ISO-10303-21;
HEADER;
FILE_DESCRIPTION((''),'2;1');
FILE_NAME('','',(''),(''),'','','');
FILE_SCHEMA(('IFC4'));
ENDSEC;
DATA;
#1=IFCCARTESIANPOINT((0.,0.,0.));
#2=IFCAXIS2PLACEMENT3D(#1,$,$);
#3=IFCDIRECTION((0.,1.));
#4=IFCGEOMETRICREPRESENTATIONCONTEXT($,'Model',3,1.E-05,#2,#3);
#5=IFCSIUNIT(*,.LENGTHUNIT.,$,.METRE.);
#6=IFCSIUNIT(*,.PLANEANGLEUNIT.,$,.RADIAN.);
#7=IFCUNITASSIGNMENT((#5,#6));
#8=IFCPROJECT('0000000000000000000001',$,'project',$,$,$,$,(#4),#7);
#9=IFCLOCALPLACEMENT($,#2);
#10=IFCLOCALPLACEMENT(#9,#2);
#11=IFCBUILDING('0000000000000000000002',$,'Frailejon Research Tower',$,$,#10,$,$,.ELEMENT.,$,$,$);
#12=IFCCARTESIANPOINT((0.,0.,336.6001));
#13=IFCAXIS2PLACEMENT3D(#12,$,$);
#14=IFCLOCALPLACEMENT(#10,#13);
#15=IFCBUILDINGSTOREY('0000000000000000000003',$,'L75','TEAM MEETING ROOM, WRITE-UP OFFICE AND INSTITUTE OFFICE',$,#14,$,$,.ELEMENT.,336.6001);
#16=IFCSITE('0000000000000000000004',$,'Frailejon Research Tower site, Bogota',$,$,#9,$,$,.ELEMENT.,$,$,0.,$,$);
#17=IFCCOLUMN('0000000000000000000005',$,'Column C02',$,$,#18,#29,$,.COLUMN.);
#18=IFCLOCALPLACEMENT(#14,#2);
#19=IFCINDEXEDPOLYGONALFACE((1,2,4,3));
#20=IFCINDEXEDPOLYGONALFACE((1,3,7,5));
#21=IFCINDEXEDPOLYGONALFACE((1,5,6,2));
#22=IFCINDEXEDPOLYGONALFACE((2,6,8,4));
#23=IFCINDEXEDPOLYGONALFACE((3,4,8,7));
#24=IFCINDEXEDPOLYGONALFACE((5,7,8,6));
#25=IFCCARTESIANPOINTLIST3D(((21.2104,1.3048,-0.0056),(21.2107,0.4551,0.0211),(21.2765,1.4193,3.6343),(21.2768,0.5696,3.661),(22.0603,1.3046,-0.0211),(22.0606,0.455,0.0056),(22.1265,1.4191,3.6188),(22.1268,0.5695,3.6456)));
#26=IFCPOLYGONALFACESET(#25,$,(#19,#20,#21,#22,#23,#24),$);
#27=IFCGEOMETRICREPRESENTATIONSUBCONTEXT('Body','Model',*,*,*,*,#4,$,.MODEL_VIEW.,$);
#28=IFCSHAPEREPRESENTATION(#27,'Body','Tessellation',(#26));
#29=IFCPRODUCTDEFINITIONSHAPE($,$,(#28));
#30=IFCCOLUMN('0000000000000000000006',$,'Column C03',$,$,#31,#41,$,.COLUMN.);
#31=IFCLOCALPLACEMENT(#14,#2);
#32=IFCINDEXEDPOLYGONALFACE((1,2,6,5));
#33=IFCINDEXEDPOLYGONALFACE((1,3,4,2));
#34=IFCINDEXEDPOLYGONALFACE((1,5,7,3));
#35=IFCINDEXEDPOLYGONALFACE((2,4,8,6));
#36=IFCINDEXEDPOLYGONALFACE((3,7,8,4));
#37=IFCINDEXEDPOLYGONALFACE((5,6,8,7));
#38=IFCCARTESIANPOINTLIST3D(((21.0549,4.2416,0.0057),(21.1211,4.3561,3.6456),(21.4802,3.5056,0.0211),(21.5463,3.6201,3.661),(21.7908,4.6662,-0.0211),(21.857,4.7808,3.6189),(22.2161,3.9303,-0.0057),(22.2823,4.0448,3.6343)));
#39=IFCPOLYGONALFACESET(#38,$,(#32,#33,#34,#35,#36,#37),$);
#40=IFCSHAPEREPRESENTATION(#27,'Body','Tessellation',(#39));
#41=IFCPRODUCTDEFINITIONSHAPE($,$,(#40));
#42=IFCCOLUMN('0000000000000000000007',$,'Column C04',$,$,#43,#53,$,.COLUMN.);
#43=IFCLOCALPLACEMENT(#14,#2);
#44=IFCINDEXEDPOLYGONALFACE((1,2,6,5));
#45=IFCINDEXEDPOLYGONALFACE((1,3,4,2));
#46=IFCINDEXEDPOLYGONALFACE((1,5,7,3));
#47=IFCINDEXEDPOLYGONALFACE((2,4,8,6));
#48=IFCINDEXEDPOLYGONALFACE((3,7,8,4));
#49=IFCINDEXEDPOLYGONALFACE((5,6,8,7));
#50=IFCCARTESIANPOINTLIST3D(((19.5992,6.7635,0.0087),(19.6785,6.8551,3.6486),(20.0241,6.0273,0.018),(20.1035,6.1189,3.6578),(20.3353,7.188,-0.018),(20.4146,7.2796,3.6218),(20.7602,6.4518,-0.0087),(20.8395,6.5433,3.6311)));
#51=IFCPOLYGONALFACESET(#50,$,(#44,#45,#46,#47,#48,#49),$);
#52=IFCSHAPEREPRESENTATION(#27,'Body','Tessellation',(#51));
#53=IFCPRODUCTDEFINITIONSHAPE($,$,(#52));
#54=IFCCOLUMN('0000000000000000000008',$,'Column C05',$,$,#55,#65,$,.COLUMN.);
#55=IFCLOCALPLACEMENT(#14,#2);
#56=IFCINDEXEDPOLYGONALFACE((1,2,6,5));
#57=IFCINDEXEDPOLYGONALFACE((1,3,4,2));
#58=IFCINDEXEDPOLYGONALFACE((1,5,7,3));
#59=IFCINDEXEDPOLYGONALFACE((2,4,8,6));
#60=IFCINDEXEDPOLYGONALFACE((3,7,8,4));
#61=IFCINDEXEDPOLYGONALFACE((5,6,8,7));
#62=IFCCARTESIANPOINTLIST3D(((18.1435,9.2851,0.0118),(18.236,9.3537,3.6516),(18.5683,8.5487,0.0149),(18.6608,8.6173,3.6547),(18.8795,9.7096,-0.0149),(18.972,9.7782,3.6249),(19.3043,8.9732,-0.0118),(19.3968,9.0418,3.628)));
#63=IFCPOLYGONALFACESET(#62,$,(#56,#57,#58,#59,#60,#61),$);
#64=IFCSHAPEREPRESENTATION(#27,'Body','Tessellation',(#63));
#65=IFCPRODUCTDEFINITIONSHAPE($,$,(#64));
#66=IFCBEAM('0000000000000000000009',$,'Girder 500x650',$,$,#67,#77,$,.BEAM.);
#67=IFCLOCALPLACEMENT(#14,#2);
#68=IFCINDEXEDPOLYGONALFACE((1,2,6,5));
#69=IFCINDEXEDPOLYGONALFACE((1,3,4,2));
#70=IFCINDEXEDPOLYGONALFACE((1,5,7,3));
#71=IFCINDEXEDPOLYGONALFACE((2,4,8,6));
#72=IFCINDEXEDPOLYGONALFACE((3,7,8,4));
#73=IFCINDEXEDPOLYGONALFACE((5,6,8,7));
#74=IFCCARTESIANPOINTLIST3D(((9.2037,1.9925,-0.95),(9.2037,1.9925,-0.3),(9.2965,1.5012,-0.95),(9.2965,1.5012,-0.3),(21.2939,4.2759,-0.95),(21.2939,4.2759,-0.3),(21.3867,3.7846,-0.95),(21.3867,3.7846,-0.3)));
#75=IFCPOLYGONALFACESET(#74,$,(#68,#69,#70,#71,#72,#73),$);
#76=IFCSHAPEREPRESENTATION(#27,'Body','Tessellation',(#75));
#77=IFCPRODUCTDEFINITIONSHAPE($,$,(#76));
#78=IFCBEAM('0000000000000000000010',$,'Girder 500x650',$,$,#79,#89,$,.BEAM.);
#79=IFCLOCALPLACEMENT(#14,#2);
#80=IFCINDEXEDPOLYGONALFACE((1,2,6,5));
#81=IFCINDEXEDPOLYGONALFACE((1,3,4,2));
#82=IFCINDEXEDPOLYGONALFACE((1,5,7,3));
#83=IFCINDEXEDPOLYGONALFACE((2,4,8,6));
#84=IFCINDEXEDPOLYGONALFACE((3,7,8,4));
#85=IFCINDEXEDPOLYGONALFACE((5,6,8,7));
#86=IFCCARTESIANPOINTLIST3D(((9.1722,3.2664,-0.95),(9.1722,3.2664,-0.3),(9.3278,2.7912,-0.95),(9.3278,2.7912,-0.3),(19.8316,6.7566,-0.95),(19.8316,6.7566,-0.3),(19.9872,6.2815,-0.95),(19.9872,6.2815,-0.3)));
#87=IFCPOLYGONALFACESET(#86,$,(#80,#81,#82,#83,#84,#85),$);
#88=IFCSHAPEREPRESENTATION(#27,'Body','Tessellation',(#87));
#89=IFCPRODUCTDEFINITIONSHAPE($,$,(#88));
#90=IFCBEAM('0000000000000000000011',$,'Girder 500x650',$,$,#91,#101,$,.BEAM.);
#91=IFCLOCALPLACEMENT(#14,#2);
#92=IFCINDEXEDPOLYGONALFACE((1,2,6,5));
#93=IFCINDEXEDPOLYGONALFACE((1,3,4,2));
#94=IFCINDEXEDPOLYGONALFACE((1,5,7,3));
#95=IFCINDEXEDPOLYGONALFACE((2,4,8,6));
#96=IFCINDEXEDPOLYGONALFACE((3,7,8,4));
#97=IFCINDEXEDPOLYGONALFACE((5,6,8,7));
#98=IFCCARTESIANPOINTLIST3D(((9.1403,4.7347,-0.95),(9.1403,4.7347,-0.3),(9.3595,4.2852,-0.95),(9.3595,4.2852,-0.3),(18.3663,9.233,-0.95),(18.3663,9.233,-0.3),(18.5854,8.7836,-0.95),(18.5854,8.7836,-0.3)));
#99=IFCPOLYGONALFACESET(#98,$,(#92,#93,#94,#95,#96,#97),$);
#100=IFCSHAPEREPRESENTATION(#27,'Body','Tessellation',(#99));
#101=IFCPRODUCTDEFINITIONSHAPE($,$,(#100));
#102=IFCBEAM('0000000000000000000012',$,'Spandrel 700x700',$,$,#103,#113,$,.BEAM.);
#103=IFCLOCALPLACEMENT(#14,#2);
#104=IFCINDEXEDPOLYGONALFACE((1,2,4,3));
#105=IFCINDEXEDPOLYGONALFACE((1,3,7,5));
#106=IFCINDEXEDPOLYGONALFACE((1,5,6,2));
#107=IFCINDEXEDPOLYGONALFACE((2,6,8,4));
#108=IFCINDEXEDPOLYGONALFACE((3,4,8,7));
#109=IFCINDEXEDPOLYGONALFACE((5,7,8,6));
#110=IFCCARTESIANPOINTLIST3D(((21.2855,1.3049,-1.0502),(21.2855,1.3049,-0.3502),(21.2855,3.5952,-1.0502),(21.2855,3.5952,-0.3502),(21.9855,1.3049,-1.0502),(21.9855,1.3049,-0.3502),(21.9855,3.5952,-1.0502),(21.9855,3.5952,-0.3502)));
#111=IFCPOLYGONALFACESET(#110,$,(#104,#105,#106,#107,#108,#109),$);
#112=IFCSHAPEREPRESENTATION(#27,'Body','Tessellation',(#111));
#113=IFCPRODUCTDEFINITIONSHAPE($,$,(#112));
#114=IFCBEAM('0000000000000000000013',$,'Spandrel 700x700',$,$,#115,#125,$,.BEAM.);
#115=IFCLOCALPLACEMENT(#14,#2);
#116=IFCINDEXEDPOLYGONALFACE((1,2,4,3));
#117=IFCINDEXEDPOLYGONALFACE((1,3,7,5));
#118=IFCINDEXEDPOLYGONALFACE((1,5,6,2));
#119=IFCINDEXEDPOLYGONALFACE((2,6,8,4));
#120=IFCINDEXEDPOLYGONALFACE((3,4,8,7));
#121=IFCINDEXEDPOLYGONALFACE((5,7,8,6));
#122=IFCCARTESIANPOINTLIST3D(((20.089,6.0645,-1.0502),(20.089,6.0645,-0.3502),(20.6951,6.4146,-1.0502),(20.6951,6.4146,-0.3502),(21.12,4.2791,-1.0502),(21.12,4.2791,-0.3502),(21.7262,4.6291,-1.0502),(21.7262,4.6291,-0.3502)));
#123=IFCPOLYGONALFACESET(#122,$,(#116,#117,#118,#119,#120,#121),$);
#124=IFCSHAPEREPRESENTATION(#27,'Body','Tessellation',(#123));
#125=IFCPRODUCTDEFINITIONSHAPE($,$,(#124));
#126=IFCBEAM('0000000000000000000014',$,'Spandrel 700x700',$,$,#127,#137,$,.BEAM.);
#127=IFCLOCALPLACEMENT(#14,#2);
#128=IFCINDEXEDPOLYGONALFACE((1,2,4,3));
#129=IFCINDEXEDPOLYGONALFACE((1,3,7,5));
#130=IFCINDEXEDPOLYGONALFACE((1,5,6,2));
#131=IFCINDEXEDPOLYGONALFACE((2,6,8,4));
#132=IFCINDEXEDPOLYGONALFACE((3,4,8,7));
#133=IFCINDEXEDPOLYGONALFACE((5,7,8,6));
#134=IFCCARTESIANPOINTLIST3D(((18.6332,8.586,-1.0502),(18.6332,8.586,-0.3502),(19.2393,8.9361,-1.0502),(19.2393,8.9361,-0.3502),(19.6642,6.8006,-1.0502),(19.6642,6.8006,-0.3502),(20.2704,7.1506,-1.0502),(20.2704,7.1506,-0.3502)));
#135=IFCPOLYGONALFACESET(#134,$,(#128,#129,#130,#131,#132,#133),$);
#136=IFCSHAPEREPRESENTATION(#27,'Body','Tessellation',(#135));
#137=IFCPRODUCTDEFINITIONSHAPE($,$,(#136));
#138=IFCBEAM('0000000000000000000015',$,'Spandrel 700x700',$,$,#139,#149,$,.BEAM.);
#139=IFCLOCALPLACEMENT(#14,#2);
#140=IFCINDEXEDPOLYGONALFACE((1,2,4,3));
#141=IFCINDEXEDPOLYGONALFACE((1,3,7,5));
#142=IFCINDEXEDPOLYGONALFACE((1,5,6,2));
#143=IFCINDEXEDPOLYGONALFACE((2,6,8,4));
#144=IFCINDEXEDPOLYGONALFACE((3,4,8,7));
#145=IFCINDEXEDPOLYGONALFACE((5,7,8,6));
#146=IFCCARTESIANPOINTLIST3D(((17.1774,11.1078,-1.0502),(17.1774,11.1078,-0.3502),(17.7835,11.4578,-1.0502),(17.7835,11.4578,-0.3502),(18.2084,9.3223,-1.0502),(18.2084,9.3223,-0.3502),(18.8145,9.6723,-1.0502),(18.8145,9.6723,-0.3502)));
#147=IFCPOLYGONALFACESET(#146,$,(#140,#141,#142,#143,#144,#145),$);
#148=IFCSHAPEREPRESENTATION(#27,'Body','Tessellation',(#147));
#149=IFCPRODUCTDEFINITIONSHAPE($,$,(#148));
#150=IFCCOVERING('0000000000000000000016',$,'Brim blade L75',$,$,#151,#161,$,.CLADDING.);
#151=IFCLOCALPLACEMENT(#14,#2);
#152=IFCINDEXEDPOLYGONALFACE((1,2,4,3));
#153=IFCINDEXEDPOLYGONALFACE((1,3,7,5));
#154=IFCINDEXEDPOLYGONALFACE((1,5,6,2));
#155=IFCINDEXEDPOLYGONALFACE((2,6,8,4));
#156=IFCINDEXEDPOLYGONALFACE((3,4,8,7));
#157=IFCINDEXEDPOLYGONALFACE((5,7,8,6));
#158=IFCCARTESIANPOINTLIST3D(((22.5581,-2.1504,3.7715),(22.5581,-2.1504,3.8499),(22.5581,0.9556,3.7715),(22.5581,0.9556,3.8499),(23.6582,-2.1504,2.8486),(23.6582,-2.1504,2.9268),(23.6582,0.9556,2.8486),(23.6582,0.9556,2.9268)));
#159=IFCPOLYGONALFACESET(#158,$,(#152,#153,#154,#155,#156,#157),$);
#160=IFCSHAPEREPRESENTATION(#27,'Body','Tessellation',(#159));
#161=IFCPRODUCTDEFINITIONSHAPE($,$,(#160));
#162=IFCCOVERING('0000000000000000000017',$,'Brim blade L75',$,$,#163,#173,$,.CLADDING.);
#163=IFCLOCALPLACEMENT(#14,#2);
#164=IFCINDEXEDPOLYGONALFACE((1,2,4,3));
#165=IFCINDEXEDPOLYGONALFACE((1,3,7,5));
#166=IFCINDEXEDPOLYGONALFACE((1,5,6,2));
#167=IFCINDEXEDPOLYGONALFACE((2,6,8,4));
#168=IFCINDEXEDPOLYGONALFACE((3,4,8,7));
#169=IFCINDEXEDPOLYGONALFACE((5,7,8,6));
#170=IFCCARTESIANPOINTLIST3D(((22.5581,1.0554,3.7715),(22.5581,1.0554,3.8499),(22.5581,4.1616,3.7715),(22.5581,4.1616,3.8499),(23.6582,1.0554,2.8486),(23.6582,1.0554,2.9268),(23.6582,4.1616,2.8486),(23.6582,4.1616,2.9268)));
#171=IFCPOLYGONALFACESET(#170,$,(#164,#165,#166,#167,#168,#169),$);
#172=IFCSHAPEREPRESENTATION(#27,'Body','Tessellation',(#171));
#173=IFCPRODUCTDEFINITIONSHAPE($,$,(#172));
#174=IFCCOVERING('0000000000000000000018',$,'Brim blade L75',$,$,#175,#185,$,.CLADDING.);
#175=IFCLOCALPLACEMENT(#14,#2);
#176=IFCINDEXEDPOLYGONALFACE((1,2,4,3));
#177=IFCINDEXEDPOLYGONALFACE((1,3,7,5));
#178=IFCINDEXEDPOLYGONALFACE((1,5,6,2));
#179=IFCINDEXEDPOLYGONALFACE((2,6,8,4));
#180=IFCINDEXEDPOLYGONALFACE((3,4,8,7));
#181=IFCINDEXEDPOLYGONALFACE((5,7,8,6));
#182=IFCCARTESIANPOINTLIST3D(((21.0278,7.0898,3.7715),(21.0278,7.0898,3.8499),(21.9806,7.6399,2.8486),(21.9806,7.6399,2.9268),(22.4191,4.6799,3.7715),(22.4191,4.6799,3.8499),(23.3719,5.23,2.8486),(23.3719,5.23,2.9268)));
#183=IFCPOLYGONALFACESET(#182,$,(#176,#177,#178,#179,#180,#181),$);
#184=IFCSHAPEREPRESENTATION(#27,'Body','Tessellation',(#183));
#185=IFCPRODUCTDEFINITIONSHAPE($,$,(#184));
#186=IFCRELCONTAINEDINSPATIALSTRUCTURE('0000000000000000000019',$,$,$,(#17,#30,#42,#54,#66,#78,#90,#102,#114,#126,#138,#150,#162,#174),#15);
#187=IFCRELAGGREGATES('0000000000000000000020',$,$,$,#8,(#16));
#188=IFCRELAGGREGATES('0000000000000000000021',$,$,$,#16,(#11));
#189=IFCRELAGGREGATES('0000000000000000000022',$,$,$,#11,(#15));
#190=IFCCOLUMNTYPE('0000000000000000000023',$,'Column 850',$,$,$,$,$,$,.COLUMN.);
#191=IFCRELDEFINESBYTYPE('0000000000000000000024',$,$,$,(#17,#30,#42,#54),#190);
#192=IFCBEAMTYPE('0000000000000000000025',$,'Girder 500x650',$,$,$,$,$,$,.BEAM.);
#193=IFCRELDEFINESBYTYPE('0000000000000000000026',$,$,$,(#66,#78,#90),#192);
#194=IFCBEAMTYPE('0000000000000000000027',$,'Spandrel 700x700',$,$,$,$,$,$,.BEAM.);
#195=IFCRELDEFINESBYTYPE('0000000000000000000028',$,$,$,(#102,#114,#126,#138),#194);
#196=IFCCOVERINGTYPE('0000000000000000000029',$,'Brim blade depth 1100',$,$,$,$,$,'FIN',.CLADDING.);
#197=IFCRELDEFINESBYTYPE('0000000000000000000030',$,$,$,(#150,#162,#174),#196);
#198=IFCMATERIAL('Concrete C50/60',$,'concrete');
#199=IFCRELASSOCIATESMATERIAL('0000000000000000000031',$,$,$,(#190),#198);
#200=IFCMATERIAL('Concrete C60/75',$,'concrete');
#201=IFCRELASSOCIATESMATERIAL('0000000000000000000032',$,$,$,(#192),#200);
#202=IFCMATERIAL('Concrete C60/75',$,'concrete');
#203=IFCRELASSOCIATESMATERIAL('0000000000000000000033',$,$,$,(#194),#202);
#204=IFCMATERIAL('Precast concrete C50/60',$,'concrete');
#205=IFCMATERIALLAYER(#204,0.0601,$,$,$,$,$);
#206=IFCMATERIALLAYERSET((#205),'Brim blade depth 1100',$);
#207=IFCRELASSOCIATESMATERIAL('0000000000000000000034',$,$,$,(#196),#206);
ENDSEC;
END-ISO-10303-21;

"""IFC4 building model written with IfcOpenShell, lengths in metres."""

from ifc_helpers import new_model, si_unit, direction, frame, origin, origin_2d, place, context, subcontext, project, spatial, polyline, rectangle, outline, extrude, material, layer, layer_set, material_profile, profile_set, type_object, element, save


model = new_model("IFC4")

# Units and contexts
model_context = context("Model", 3, precision=1e-05, world=origin(), true_north=direction((0.0, 1.0)))
body_context = subcontext(model_context, "Body", "Model", "MODEL_VIEW")
ifc_project = project(units=[si_unit("LENGTHUNIT", "METRE"), si_unit("PLANEANGLEUNIT", "RADIAN")], contexts=[model_context])

# Site, building, storey
site_placement = place(None, origin())
site = spatial("IfcSite", under=ifc_project, at=site_placement, Name="Frailejon Research Tower site, Bogota", CompositionType="ELEMENT", RefElevation=0.0)
building_placement = place(site_placement, origin())
building = spatial("IfcBuilding", under=site, at=building_placement, Name="Frailejon Research Tower", CompositionType="ELEMENT")
storey_placement = place(building_placement, frame((0.0, 0.0, 336.6001)))
storey = spatial("IfcBuildingStorey", under=building, at=storey_placement, Name="L75", Description="TEAM MEETING ROOM, WRITE-UP OFFICE AND INSTITUTE OFFICE", CompositionType="ELEMENT", Elevation=336.6001)

# Columns
ifc_material_1 = material(Name="Concrete C50/60", Category="concrete")
ifc_material_profile_1 = material_profile(ifc_material_1, rectangle(XDim=0.8501, YDim=0.8501, at=origin_2d()), Name="Column 850")
ifc_profile_set_1 = profile_set([ifc_material_profile_1], Name="Concrete C50/60")
column_type = type_object("IfcColumnType", Name="Column 850", PredefinedType="COLUMN", material=ifc_profile_set_1)
for number, where, z_axis, x_axis, name in (
    (1, (21.6355, 0.8799, 0.0), (0.018165, 0.031437, 0.999341), (-0.000376, 0.999506, -0.031435), "Column C02"),
    (2, (21.6355, 4.0859, 0.0), (0.018165, 0.031437, 0.999341), (-0.500243, 0.865695, -0.01814), "Column C03"),
):
    element("IfcColumn", number, at=place(storey_placement, frame(where, z_axis=z_axis, x_axis=x_axis)), inside=storey, type_object=column_type, Name=name, PredefinedType="COLUMN", context=body_context, shape_type="SweptSolid", body=[
        extrude(rectangle(XDim=0.8501, YDim=0.8501, at=origin_2d()), origin(), (0.0, 0.0, 1.0), 3.6423),
    ])
column_1_placement = place(storey_placement, frame((20.1797, 6.6077, 0.0), z_axis=(0.021787, 0.025139, 0.999447), x_axis=(-0.499841, 0.866049, -0.010887)))
element("IfcColumn", 3, at=column_1_placement, inside=storey, type_object=column_type, Name="Column C04", PredefinedType="COLUMN", context=body_context, shape_type="SweptSolid", body=[
    extrude(rectangle(XDim=0.8501, YDim=0.8501, at=origin_2d()), origin(), (0.0, 0.0, 1.0), 3.6418),
])
column_2_placement = place(storey_placement, frame((18.7239, 9.1292, 0.0), z_axis=(0.025408, 0.018838, 0.9995), x_axis=(-0.499704, 0.866189, -0.003623)))
element("IfcColumn", 4, at=column_2_placement, inside=storey, type_object=column_type, Name="Column C05", PredefinedType="COLUMN", context=body_context, shape_type="SweptSolid", body=[
    extrude(rectangle(XDim=0.8501, YDim=0.8501, at=origin_2d()), origin(), (0.0, 0.0, 1.0), 3.6416),
])

# Beams
ifc_material_2 = material(Name="Concrete C60/75", Category="concrete")
ifc_material_profile_2 = material_profile(ifc_material_2, rectangle(XDim=0.5, YDim=0.6499, at=origin_2d()), Name="Girder 500x650")
ifc_profile_set_2 = profile_set([ifc_material_profile_2], Name="Concrete C60/75")
beam_type_1 = type_object("IfcBeamType", Name="Girder 500x650", PredefinedType="BEAM", material=ifc_profile_set_2)
beam_1_placement = place(storey_placement, frame((21.3403, 4.0303, -0.625), z_axis=(-0.982628, -0.185585, 0.0), x_axis=(0.185585, -0.982628, 0.0)))
element("IfcBeam", 5, at=beam_1_placement, inside=storey, type_object=beam_type_1, Name="Girder 500x650", PredefinedType="BEAM", context=body_context, shape_type="SweptSolid", body=[
    extrude(rectangle(XDim=0.5, YDim=0.6499, at=origin_2d()), origin(), (0.0, 0.0, 1.0), 12.304),
])
beam_2_placement = place(storey_placement, frame((19.9094, 6.519, -0.625), z_axis=(-0.950352, -0.311176, 0.0), x_axis=(0.311176, -0.950352, 0.0)))
element("IfcBeam", 6, at=beam_2_placement, inside=storey, type_object=beam_type_1, Name="Girder 500x650", PredefinedType="BEAM", context=body_context, shape_type="SweptSolid", body=[
    extrude(rectangle(XDim=0.5, YDim=0.6499, at=origin_2d()), origin(), (0.0, 0.0, 1.0), 11.2163),
])
beam_3_placement = place(storey_placement, frame((18.4758, 9.0083, -0.625), z_axis=(-0.89885, -0.438257, 0.0), x_axis=(0.438257, -0.89885, 0.0)))
element("IfcBeam", 7, at=beam_3_placement, inside=storey, type_object=beam_type_1, Name="Girder 500x650", PredefinedType="BEAM", context=body_context, shape_type="SweptSolid", body=[
    extrude(rectangle(XDim=0.5, YDim=0.6499, at=origin_2d()), origin(), (0.0, 0.0, 1.0), 10.2642),
])
ifc_material_3 = material(Name="Concrete C60/75", Category="concrete")
ifc_material_profile_3 = material_profile(ifc_material_3, rectangle(XDim=0.7, YDim=0.7, at=origin_2d()), Name="Spandrel 700x700")
ifc_profile_set_3 = profile_set([ifc_material_profile_3], Name="Concrete C60/75")
beam_type_2 = type_object("IfcBeamType", Name="Spandrel 700x700", PredefinedType="BEAM", material=ifc_profile_set_3)
beam_4_placement = place(storey_placement, frame((21.6355, 1.3049, -0.7002), z_axis=(0.0, 1.0, 0.0), x_axis=(-1.0, 0.0, 0.0)))
element("IfcBeam", 8, at=beam_4_placement, inside=storey, type_object=beam_type_2, Name="Spandrel 700x700", PredefinedType="BEAM", context=body_context, shape_type="SweptSolid", body=[
    extrude(rectangle(XDim=0.7, YDim=0.7, at=origin_2d()), origin(), (0.0, 0.0, 1.0), 2.2903),
])
for number, where, z_axis, x_axis, name in (
    (9, (21.4231, 4.4541, -0.7002), (-0.500074, 0.865982, 0.0), (-0.865982, -0.500074, 0.0), "Spandrel 700x700"),
    (10, (19.9673, 6.9756, -0.7002), (-0.500074, 0.865982, 0.0), (-0.865982, -0.500074, 0.0), "Spandrel 700x700"),
    (11, (18.5115, 9.4973, -0.7002), (-0.500074, 0.865982, 0.0), (-0.865982, -0.500074, 0.0), "Spandrel 700x700"),
):
    element("IfcBeam", number, at=place(storey_placement, frame(where, z_axis=z_axis, x_axis=x_axis)), inside=storey, type_object=beam_type_2, Name=name, PredefinedType="BEAM", context=body_context, shape_type="SweptSolid", body=[
        extrude(rectangle(XDim=0.7, YDim=0.7, at=origin_2d()), origin(), (0.0, 0.0, 1.0), 2.0618),
    ])

# Coverings
ifc_material_4 = material(Name="Precast concrete C50/60", Category="concrete")
ifc_layer_1 = layer(ifc_material_4, 0.0601)
ifc_layer_set_1 = layer_set([ifc_layer_1], Name="Brim blade depth 1100")
covering_type_1 = type_object("IfcCoveringType", Name="Brim blade depth 1100", ElementType="FIN", PredefinedType="CLADDING", material=ifc_layer_set_1)
covering_1_placement = place(storey_placement, frame((22.5581, 0.9556, 3.8499), z_axis=(0.0, -1.0, 0.0), x_axis=(1.0, 0.0, 0.0)))
element("IfcCovering", 12, at=covering_1_placement, inside=storey, type_object=covering_type_1, Name="Brim blade L75", PredefinedType="CLADDING", context=body_context, shape_type="SweptSolid", body=[
    extrude(outline(polyline([(0.0, -0.0784), (1.1001, -1.0012), (1.1001, -0.9231), (0.0, 0.0), (0.0, -0.0784)])), origin(), (0.0, 0.0, 1.0), 3.106),
])
covering_2_placement = place(storey_placement, frame((22.5581, 4.1616, 3.8499), z_axis=(0.0, -1.0, 0.0), x_axis=(1.0, 0.0, 0.0)))
element("IfcCovering", 13, at=covering_2_placement, inside=storey, type_object=covering_type_1, Name="Brim blade L75", PredefinedType="CLADDING", context=body_context, shape_type="SweptSolid", body=[
    extrude(outline(polyline([(0.0, -0.0784), (1.1001, -1.0012), (1.1001, -0.9231), (0.0, 0.0), (0.0, -0.0784)])), origin(), (0.0, 0.0, 1.0), 3.1062),
])
covering_3_placement = place(storey_placement, frame((21.0278, 7.0898, 3.8499), z_axis=(0.499986, -0.866034, 0.0), x_axis=(0.866034, 0.499986, 0.0)))
element("IfcCovering", 14, at=covering_3_placement, inside=storey, type_object=covering_type_1, Name="Brim blade L75", PredefinedType="CLADDING", context=body_context, shape_type="SweptSolid", body=[
    extrude(outline(polyline([(0.0, -0.0784), (1.1001, -1.0012), (1.1001, -0.9231), (0.0, 0.0), (0.0, -0.0784)])), origin(), (0.0, 0.0, 1.0), 2.7827),
])

save(model, "model.ifc")
